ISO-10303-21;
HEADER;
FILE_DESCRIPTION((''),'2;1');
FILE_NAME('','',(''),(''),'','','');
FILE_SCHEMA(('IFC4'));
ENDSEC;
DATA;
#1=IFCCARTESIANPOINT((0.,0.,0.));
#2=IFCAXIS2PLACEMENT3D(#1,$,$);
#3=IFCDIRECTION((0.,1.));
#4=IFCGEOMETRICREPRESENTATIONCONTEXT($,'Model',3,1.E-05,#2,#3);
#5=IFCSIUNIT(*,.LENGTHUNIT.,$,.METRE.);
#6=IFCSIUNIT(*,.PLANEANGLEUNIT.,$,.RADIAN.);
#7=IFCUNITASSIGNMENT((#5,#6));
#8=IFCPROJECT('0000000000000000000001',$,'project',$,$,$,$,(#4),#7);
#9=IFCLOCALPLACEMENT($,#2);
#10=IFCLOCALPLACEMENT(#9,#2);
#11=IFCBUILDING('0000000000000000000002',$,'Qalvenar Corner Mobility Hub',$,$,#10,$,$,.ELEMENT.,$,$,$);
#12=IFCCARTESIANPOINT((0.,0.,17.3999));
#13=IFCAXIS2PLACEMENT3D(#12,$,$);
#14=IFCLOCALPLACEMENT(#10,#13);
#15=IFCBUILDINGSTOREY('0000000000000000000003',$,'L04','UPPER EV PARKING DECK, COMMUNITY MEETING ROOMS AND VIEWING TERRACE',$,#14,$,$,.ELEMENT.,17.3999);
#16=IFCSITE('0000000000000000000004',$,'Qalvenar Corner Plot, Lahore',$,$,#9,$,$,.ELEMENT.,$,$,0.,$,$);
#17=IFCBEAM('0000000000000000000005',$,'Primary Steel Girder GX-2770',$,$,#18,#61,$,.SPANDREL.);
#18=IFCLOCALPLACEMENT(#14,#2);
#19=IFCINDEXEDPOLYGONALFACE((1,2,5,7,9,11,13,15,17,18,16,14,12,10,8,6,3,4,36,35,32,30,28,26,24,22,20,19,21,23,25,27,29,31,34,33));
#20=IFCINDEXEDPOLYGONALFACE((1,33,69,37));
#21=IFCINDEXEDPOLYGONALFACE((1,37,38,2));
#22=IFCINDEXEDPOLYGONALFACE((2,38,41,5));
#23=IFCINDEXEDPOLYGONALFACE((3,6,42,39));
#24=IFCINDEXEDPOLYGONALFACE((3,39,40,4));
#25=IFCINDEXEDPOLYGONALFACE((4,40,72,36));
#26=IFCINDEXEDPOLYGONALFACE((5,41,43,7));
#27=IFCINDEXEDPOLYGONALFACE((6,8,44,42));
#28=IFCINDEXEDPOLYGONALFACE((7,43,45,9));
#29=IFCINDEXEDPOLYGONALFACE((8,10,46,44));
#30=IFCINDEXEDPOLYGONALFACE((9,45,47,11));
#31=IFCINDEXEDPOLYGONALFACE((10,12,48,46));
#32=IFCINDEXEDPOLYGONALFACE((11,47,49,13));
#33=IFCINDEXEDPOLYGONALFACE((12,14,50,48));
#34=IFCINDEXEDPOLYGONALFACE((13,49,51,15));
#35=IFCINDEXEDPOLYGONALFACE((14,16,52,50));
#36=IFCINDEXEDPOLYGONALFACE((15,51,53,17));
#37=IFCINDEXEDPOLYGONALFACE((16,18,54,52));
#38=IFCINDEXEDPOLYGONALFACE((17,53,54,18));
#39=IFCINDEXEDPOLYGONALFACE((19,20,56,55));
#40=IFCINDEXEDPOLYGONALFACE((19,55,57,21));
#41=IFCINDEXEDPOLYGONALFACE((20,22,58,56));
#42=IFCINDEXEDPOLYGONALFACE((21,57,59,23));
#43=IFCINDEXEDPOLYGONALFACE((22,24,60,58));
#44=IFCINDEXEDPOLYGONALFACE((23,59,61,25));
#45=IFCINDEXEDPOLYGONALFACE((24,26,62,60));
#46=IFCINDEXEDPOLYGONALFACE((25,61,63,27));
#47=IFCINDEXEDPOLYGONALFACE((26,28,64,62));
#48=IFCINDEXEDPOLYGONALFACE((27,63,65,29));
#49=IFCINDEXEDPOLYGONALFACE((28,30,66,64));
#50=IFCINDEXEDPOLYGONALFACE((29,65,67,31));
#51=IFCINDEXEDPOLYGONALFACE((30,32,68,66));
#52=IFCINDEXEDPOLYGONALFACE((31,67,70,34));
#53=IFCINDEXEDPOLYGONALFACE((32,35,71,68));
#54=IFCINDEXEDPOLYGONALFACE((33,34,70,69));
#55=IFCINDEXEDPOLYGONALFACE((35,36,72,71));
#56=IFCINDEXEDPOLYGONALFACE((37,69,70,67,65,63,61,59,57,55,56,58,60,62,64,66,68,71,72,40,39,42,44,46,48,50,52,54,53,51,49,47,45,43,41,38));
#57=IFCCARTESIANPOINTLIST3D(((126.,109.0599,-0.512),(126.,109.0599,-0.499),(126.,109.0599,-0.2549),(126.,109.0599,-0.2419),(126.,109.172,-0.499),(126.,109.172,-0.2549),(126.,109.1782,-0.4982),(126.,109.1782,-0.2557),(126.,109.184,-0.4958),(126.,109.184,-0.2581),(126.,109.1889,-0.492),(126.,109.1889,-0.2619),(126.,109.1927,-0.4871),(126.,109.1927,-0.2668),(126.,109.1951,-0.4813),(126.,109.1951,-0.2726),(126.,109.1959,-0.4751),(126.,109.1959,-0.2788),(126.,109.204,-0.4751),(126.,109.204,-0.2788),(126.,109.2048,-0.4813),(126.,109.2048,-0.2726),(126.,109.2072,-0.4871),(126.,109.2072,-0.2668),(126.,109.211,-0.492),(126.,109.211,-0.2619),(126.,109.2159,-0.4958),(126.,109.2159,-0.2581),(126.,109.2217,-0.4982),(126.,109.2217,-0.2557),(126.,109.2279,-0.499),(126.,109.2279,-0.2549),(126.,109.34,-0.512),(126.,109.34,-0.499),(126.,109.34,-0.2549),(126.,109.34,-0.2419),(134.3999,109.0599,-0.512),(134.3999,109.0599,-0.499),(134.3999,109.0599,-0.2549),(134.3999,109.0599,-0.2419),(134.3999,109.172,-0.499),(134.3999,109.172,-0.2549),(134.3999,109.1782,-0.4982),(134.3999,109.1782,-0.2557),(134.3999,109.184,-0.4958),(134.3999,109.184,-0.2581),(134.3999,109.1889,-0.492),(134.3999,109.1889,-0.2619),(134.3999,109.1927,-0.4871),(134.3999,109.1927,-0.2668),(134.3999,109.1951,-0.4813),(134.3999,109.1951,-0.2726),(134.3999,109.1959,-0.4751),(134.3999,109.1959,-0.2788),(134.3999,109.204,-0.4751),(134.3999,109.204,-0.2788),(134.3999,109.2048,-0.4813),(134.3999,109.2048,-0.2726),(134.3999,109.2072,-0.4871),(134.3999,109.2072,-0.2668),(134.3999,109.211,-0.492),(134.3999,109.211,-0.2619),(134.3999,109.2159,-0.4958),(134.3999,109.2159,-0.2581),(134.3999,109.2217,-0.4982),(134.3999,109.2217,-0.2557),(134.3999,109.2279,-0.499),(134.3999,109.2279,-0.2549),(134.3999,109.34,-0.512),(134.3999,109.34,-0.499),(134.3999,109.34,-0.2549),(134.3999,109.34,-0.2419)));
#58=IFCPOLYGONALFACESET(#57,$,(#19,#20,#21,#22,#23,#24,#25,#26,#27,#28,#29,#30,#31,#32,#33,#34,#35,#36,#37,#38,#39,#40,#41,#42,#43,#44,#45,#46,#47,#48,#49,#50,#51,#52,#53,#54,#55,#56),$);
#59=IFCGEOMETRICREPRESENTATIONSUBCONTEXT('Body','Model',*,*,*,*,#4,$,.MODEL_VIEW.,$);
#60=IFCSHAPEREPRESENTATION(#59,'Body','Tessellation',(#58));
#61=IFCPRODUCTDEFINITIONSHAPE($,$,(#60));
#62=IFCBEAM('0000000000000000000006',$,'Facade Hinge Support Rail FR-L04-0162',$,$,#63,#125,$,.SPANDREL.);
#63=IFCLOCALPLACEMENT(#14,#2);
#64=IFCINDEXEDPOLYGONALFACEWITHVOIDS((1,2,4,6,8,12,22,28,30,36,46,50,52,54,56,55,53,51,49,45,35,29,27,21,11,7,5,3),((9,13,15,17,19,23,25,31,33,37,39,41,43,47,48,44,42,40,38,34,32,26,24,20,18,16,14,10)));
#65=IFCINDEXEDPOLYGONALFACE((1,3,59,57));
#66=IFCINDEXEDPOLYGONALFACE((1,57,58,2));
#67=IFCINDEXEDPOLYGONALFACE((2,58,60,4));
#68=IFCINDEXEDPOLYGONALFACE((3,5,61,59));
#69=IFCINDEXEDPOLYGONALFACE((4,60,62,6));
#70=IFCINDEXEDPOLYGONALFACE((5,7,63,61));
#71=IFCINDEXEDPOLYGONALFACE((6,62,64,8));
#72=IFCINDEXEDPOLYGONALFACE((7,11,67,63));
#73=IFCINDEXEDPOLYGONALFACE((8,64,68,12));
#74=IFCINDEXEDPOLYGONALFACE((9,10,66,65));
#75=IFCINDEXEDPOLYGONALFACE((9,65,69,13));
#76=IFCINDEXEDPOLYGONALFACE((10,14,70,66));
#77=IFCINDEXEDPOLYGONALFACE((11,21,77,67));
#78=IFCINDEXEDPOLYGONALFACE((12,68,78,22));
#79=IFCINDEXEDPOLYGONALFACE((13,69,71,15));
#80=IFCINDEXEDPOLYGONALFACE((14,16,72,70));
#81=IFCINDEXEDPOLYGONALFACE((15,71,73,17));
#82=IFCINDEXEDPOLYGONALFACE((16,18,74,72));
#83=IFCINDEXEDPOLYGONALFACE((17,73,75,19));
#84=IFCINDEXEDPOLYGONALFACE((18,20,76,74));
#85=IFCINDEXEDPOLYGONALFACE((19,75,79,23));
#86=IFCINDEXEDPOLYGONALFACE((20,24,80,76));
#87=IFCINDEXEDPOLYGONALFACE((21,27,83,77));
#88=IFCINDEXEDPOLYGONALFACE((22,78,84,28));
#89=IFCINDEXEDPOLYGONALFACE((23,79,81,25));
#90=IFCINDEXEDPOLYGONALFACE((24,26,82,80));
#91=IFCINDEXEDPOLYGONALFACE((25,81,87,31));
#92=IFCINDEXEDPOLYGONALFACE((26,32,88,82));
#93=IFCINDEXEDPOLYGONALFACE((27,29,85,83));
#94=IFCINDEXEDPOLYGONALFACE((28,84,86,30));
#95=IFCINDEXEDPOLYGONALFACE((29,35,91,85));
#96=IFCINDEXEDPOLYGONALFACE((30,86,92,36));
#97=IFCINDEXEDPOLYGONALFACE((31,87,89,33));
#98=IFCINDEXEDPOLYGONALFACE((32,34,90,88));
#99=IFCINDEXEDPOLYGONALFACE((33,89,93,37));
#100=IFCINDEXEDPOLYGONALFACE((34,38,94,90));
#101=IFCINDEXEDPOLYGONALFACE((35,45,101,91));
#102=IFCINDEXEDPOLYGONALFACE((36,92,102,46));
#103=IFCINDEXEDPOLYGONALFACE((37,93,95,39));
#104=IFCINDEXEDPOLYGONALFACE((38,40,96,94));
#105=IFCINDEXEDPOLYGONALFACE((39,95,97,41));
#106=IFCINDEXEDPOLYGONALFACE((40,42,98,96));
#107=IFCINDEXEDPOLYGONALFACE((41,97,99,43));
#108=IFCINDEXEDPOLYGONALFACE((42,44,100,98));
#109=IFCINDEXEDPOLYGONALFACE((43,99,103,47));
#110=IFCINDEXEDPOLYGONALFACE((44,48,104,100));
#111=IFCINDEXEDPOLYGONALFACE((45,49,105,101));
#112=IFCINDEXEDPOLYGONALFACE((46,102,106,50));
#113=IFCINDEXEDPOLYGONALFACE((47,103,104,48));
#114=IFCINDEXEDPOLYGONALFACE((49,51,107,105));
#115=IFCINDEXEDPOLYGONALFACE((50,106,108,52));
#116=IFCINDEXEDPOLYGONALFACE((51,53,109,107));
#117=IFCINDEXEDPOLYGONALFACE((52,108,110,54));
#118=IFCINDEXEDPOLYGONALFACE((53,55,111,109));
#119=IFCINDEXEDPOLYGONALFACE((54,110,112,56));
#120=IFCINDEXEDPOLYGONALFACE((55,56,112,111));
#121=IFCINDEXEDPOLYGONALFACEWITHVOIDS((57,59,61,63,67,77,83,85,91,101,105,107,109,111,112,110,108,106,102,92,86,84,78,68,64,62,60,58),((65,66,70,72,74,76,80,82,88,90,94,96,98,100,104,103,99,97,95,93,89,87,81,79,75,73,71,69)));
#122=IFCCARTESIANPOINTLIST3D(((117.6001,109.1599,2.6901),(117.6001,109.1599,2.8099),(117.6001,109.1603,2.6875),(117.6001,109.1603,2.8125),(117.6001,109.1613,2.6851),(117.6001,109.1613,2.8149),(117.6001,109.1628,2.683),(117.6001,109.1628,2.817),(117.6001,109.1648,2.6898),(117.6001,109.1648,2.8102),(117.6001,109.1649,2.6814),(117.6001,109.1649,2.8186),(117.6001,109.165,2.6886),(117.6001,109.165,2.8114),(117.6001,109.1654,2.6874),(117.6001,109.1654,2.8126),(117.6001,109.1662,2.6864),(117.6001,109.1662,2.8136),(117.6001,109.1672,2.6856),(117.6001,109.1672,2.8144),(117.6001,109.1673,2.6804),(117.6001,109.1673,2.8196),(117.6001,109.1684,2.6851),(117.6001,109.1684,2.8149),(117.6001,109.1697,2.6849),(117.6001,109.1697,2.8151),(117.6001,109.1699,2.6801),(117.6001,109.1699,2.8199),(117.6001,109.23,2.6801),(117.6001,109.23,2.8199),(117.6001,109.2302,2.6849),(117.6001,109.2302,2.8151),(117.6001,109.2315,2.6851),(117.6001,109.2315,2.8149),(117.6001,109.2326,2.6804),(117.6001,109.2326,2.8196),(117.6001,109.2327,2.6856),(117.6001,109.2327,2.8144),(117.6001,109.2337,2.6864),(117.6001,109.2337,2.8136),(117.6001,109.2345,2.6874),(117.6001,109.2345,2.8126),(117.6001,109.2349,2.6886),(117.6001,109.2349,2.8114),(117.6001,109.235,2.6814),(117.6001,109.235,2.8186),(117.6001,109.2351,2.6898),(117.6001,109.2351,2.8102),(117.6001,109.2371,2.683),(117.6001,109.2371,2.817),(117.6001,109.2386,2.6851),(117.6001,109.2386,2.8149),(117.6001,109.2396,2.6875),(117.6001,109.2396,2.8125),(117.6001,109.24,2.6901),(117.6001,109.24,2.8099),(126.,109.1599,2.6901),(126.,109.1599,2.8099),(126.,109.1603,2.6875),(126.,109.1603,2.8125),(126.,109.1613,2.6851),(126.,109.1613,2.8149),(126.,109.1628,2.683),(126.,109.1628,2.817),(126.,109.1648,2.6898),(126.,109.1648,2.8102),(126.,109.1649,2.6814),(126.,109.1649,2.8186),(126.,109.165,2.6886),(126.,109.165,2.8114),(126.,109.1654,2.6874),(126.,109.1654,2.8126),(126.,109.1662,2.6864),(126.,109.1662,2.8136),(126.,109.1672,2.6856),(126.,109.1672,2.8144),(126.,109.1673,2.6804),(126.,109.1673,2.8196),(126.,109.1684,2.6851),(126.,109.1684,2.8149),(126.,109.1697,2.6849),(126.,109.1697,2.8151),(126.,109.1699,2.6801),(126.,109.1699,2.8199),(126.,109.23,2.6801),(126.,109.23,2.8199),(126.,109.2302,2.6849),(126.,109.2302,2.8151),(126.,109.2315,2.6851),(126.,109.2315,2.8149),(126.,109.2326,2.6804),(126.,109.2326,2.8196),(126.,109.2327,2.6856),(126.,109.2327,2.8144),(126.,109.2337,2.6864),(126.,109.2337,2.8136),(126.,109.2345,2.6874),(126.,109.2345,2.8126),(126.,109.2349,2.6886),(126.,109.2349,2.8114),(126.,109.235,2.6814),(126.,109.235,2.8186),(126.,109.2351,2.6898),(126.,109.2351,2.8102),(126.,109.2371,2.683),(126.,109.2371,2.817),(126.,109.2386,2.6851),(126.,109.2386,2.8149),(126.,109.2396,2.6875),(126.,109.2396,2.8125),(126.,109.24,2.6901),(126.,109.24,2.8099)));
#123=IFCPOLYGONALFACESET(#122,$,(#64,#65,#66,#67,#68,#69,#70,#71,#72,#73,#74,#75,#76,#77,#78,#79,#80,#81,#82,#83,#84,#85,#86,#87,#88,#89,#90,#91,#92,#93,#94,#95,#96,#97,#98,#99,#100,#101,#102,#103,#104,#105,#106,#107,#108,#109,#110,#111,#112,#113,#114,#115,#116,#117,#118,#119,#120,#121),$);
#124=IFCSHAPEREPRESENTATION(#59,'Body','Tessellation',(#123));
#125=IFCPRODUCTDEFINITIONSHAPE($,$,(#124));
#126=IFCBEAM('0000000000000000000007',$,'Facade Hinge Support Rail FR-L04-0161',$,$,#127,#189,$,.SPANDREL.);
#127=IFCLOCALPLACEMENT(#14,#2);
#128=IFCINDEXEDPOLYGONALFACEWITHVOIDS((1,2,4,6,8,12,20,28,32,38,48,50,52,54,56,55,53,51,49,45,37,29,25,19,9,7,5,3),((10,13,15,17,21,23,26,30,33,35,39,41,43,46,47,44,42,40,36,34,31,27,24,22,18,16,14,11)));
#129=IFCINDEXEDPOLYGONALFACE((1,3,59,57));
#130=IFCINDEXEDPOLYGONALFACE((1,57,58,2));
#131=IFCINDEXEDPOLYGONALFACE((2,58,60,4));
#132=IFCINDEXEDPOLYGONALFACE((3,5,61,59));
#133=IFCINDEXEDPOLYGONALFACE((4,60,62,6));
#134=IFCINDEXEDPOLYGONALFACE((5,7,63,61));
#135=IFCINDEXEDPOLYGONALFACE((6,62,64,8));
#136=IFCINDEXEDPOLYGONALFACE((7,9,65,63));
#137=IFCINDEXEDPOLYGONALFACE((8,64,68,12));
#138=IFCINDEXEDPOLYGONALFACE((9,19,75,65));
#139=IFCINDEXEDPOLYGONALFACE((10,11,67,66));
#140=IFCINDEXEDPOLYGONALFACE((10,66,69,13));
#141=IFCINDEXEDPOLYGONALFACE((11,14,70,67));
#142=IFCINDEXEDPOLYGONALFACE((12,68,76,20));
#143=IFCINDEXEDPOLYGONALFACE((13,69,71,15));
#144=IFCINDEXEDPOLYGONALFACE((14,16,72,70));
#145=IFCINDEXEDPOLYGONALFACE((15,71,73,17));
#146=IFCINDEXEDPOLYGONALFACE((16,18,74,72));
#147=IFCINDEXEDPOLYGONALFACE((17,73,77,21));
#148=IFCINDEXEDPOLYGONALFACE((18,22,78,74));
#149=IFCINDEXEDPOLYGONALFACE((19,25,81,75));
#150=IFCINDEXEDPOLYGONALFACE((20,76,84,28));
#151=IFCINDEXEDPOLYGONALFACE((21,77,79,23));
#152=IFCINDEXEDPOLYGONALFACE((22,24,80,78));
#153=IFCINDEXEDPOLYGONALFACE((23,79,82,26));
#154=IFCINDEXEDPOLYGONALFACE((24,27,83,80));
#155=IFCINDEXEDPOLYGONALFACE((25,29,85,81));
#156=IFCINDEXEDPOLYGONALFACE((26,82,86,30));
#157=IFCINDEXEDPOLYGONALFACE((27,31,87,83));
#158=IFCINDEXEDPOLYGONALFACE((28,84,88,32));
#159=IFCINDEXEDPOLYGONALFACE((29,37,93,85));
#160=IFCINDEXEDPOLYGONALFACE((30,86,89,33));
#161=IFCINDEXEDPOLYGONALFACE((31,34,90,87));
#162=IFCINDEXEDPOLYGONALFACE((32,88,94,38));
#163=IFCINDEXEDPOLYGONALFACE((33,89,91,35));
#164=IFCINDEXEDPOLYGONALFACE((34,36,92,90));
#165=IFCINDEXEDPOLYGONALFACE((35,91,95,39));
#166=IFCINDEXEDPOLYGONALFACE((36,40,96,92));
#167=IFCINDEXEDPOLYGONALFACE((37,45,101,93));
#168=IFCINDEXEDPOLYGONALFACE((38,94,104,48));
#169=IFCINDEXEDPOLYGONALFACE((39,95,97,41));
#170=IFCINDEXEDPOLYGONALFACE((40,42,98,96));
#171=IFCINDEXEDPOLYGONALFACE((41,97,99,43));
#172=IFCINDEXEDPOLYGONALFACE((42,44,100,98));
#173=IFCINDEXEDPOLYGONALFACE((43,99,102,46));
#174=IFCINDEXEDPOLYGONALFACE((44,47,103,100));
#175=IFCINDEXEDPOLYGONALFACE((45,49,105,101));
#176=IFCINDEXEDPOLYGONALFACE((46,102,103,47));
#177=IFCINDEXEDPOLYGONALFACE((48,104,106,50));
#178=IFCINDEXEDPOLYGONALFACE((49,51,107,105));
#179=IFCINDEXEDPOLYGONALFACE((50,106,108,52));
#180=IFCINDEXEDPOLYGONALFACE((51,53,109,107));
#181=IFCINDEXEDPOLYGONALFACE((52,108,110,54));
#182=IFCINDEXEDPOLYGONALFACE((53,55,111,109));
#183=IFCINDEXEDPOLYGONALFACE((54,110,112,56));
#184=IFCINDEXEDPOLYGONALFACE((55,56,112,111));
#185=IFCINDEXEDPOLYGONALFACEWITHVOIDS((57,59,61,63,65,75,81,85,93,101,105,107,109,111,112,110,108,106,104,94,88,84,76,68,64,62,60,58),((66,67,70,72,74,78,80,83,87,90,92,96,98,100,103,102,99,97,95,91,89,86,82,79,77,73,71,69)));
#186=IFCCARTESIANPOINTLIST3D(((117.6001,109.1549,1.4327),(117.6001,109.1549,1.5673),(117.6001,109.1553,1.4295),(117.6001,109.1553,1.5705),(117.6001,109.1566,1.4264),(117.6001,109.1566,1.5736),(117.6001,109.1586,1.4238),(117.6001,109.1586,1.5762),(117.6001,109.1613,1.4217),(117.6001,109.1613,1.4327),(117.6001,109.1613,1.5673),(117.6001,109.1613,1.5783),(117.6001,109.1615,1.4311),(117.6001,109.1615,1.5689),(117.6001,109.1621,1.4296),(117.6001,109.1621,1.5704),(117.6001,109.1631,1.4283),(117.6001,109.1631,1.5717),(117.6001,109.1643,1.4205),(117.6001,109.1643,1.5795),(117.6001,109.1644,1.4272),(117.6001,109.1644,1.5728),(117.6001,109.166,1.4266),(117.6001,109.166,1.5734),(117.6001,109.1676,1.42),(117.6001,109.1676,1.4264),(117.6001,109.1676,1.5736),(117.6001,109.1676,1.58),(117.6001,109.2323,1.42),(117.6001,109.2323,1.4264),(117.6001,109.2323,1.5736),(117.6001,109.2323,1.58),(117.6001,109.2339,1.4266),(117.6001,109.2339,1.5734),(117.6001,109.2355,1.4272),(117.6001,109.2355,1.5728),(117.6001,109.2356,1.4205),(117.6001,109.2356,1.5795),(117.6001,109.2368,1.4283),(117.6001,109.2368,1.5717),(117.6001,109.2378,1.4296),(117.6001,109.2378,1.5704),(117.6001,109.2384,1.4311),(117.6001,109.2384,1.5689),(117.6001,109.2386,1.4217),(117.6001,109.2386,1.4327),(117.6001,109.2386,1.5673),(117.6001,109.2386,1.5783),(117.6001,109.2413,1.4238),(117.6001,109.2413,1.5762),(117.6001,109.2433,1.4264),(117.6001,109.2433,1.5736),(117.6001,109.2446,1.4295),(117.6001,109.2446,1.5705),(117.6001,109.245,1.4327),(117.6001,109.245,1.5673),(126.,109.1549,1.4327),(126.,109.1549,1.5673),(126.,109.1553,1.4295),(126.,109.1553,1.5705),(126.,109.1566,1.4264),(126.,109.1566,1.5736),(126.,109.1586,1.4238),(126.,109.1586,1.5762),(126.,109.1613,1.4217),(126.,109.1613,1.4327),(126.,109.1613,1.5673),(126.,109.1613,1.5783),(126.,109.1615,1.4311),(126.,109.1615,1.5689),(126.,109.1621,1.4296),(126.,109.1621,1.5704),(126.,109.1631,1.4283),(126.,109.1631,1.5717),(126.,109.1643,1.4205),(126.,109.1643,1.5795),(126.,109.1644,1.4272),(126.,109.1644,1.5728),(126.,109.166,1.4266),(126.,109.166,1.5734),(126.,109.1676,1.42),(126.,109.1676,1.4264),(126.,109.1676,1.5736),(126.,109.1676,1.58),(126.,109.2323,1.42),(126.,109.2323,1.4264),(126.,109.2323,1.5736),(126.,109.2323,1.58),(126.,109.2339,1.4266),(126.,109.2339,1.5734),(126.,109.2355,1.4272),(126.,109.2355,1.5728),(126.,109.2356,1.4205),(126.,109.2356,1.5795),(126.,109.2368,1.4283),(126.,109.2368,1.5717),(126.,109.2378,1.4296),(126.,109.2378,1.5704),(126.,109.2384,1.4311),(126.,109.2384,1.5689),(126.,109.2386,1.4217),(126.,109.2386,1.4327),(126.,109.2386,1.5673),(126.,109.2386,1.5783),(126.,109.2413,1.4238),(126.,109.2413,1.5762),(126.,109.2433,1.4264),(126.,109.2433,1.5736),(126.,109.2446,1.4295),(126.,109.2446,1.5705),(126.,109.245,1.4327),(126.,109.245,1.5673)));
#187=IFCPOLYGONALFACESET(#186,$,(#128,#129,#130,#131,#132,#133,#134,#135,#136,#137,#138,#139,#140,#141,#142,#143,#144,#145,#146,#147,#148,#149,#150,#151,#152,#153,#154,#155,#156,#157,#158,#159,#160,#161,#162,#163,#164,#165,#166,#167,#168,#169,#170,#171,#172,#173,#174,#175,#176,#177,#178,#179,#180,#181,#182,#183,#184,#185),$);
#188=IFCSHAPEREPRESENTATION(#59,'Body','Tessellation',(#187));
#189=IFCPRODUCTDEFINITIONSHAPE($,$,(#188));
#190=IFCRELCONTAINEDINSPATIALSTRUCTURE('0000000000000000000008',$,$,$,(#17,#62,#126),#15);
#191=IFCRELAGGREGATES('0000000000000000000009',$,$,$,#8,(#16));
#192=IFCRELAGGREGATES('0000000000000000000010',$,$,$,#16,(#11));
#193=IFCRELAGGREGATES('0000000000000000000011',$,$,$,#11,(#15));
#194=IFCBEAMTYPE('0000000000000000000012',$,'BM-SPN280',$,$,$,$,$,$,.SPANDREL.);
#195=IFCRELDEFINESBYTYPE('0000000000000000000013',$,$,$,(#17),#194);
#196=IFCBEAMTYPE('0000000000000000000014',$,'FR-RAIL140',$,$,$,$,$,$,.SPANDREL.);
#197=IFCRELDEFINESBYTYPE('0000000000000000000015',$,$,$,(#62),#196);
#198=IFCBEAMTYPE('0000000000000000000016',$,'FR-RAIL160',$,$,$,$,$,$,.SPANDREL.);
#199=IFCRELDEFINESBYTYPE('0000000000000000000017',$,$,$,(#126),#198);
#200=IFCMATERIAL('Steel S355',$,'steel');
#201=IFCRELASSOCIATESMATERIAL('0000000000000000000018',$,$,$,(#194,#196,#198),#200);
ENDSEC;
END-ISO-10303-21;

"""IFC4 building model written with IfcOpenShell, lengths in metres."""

from ifc_helpers import new_model, si_unit, direction, frame, origin, origin_2d, place, context, subcontext, project, spatial, hollow_rectangle, i_section, extrude, material, material_profile, profile_set, type_object, element, save


model = new_model("IFC4")

# Units and contexts
model_context = context("Model", 3, precision=1e-05, world=origin(), true_north=direction((0.0, 1.0)))
body_context = subcontext(model_context, "Body", "Model", "MODEL_VIEW")
ifc_project = project(units=[si_unit("LENGTHUNIT", "METRE"), si_unit("PLANEANGLEUNIT", "RADIAN")], contexts=[model_context])

# Site, building, storey
site_placement = place(None, origin())
site = spatial("IfcSite", under=ifc_project, at=site_placement, Name="Qalvenar Corner Plot, Lahore", CompositionType="ELEMENT", RefElevation=0.0)
building_placement = place(site_placement, origin())
building = spatial("IfcBuilding", under=site, at=building_placement, Name="Qalvenar Corner Mobility Hub", CompositionType="ELEMENT")
storey_placement = place(building_placement, frame((0.0, 0.0, 17.3999)))
storey = spatial("IfcBuildingStorey", under=building, at=storey_placement, Name="L04", Description="UPPER EV PARKING DECK, COMMUNITY MEETING ROOMS AND VIEWING TERRACE", CompositionType="ELEMENT", Elevation=17.3999)

# Shared definitions
ifc_material_1 = material(Name="Steel S355", Category="steel")

# Beams
ifc_material_profile_1 = material_profile(ifc_material_1, i_section(OverallWidth=0.28, OverallDepth=0.27, WebThickness=0.0081, FlangeThickness=0.0129, FilletRadius=0.0239, at=origin_2d()), Name="HEA280")
ifc_profile_set_1 = profile_set([ifc_material_profile_1], Name="Steel S355")
beam_type_1 = type_object("IfcBeamType", Name="BM-SPN280", PredefinedType="SPANDREL", material=ifc_profile_set_1)
beam_1_placement = place(storey_placement, frame((126.0, 109.2, -0.377), z_axis=(1.0, 0.0, 0.0), x_axis=(0.0, 1.0, 0.0)))
element("IfcBeam", 1, at=beam_1_placement, inside=storey, type_object=beam_type_1, Name="Primary Steel Girder GX-2770", PredefinedType="SPANDREL", context=body_context, shape_type="SweptSolid", body=[
    extrude(i_section(OverallWidth=0.28, OverallDepth=0.27, WebThickness=0.0081, FlangeThickness=0.0129, FilletRadius=0.0239, at=origin_2d()), origin(), (0.0, 0.0, 1.0), 8.3999),
])
ifc_material_profile_2 = material_profile(ifc_material_1, hollow_rectangle(XDim=0.0801, YDim=0.1399, WallThickness=0.0049, InnerFilletRadius=0.0049, OuterFilletRadius=0.01, at=origin_2d()), Name="RHS140x80x5")
ifc_profile_set_2 = profile_set([ifc_material_profile_2], Name="Steel S355")
beam_type_2 = type_object("IfcBeamType", Name="FR-RAIL140", PredefinedType="SPANDREL", material=ifc_profile_set_2)
beam_2_placement = place(storey_placement, frame((126.0, 109.2, 2.75), z_axis=(-1.0, 0.0, 0.0), x_axis=(0.0, -1.0, 0.0)))
element("IfcBeam", 2, at=beam_2_placement, inside=storey, type_object=beam_type_2, Name="Facade Hinge Support Rail FR-L04-0162", PredefinedType="SPANDREL", context=body_context, shape_type="SweptSolid", body=[
    extrude(hollow_rectangle(XDim=0.0801, YDim=0.1399, WallThickness=0.0049, InnerFilletRadius=0.0049, OuterFilletRadius=0.01, at=origin_2d()), origin(), (0.0, 0.0, 1.0), 8.3999),
])
ifc_material_profile_3 = material_profile(ifc_material_1, hollow_rectangle(XDim=0.0901, YDim=0.1599, WallThickness=0.0063, InnerFilletRadius=0.0063, OuterFilletRadius=0.0127, at=origin_2d()), Name="RHS160x90x6.3")
ifc_profile_set_3 = profile_set([ifc_material_profile_3], Name="Steel S355")
beam_type_3 = type_object("IfcBeamType", Name="FR-RAIL160", PredefinedType="SPANDREL", material=ifc_profile_set_3)
beam_3_placement = place(storey_placement, frame((126.0, 109.2, 1.5), z_axis=(-1.0, 0.0, 0.0), x_axis=(0.0, -1.0, 0.0)))
element("IfcBeam", 3, at=beam_3_placement, inside=storey, type_object=beam_type_3, Name="Facade Hinge Support Rail FR-L04-0161", PredefinedType="SPANDREL", context=body_context, shape_type="SweptSolid", body=[
    extrude(hollow_rectangle(XDim=0.0901, YDim=0.1599, WallThickness=0.0063, InnerFilletRadius=0.0063, OuterFilletRadius=0.0127, at=origin_2d()), origin(), (0.0, 0.0, 1.0), 8.3999),
])

save(model, "model.ifc")
